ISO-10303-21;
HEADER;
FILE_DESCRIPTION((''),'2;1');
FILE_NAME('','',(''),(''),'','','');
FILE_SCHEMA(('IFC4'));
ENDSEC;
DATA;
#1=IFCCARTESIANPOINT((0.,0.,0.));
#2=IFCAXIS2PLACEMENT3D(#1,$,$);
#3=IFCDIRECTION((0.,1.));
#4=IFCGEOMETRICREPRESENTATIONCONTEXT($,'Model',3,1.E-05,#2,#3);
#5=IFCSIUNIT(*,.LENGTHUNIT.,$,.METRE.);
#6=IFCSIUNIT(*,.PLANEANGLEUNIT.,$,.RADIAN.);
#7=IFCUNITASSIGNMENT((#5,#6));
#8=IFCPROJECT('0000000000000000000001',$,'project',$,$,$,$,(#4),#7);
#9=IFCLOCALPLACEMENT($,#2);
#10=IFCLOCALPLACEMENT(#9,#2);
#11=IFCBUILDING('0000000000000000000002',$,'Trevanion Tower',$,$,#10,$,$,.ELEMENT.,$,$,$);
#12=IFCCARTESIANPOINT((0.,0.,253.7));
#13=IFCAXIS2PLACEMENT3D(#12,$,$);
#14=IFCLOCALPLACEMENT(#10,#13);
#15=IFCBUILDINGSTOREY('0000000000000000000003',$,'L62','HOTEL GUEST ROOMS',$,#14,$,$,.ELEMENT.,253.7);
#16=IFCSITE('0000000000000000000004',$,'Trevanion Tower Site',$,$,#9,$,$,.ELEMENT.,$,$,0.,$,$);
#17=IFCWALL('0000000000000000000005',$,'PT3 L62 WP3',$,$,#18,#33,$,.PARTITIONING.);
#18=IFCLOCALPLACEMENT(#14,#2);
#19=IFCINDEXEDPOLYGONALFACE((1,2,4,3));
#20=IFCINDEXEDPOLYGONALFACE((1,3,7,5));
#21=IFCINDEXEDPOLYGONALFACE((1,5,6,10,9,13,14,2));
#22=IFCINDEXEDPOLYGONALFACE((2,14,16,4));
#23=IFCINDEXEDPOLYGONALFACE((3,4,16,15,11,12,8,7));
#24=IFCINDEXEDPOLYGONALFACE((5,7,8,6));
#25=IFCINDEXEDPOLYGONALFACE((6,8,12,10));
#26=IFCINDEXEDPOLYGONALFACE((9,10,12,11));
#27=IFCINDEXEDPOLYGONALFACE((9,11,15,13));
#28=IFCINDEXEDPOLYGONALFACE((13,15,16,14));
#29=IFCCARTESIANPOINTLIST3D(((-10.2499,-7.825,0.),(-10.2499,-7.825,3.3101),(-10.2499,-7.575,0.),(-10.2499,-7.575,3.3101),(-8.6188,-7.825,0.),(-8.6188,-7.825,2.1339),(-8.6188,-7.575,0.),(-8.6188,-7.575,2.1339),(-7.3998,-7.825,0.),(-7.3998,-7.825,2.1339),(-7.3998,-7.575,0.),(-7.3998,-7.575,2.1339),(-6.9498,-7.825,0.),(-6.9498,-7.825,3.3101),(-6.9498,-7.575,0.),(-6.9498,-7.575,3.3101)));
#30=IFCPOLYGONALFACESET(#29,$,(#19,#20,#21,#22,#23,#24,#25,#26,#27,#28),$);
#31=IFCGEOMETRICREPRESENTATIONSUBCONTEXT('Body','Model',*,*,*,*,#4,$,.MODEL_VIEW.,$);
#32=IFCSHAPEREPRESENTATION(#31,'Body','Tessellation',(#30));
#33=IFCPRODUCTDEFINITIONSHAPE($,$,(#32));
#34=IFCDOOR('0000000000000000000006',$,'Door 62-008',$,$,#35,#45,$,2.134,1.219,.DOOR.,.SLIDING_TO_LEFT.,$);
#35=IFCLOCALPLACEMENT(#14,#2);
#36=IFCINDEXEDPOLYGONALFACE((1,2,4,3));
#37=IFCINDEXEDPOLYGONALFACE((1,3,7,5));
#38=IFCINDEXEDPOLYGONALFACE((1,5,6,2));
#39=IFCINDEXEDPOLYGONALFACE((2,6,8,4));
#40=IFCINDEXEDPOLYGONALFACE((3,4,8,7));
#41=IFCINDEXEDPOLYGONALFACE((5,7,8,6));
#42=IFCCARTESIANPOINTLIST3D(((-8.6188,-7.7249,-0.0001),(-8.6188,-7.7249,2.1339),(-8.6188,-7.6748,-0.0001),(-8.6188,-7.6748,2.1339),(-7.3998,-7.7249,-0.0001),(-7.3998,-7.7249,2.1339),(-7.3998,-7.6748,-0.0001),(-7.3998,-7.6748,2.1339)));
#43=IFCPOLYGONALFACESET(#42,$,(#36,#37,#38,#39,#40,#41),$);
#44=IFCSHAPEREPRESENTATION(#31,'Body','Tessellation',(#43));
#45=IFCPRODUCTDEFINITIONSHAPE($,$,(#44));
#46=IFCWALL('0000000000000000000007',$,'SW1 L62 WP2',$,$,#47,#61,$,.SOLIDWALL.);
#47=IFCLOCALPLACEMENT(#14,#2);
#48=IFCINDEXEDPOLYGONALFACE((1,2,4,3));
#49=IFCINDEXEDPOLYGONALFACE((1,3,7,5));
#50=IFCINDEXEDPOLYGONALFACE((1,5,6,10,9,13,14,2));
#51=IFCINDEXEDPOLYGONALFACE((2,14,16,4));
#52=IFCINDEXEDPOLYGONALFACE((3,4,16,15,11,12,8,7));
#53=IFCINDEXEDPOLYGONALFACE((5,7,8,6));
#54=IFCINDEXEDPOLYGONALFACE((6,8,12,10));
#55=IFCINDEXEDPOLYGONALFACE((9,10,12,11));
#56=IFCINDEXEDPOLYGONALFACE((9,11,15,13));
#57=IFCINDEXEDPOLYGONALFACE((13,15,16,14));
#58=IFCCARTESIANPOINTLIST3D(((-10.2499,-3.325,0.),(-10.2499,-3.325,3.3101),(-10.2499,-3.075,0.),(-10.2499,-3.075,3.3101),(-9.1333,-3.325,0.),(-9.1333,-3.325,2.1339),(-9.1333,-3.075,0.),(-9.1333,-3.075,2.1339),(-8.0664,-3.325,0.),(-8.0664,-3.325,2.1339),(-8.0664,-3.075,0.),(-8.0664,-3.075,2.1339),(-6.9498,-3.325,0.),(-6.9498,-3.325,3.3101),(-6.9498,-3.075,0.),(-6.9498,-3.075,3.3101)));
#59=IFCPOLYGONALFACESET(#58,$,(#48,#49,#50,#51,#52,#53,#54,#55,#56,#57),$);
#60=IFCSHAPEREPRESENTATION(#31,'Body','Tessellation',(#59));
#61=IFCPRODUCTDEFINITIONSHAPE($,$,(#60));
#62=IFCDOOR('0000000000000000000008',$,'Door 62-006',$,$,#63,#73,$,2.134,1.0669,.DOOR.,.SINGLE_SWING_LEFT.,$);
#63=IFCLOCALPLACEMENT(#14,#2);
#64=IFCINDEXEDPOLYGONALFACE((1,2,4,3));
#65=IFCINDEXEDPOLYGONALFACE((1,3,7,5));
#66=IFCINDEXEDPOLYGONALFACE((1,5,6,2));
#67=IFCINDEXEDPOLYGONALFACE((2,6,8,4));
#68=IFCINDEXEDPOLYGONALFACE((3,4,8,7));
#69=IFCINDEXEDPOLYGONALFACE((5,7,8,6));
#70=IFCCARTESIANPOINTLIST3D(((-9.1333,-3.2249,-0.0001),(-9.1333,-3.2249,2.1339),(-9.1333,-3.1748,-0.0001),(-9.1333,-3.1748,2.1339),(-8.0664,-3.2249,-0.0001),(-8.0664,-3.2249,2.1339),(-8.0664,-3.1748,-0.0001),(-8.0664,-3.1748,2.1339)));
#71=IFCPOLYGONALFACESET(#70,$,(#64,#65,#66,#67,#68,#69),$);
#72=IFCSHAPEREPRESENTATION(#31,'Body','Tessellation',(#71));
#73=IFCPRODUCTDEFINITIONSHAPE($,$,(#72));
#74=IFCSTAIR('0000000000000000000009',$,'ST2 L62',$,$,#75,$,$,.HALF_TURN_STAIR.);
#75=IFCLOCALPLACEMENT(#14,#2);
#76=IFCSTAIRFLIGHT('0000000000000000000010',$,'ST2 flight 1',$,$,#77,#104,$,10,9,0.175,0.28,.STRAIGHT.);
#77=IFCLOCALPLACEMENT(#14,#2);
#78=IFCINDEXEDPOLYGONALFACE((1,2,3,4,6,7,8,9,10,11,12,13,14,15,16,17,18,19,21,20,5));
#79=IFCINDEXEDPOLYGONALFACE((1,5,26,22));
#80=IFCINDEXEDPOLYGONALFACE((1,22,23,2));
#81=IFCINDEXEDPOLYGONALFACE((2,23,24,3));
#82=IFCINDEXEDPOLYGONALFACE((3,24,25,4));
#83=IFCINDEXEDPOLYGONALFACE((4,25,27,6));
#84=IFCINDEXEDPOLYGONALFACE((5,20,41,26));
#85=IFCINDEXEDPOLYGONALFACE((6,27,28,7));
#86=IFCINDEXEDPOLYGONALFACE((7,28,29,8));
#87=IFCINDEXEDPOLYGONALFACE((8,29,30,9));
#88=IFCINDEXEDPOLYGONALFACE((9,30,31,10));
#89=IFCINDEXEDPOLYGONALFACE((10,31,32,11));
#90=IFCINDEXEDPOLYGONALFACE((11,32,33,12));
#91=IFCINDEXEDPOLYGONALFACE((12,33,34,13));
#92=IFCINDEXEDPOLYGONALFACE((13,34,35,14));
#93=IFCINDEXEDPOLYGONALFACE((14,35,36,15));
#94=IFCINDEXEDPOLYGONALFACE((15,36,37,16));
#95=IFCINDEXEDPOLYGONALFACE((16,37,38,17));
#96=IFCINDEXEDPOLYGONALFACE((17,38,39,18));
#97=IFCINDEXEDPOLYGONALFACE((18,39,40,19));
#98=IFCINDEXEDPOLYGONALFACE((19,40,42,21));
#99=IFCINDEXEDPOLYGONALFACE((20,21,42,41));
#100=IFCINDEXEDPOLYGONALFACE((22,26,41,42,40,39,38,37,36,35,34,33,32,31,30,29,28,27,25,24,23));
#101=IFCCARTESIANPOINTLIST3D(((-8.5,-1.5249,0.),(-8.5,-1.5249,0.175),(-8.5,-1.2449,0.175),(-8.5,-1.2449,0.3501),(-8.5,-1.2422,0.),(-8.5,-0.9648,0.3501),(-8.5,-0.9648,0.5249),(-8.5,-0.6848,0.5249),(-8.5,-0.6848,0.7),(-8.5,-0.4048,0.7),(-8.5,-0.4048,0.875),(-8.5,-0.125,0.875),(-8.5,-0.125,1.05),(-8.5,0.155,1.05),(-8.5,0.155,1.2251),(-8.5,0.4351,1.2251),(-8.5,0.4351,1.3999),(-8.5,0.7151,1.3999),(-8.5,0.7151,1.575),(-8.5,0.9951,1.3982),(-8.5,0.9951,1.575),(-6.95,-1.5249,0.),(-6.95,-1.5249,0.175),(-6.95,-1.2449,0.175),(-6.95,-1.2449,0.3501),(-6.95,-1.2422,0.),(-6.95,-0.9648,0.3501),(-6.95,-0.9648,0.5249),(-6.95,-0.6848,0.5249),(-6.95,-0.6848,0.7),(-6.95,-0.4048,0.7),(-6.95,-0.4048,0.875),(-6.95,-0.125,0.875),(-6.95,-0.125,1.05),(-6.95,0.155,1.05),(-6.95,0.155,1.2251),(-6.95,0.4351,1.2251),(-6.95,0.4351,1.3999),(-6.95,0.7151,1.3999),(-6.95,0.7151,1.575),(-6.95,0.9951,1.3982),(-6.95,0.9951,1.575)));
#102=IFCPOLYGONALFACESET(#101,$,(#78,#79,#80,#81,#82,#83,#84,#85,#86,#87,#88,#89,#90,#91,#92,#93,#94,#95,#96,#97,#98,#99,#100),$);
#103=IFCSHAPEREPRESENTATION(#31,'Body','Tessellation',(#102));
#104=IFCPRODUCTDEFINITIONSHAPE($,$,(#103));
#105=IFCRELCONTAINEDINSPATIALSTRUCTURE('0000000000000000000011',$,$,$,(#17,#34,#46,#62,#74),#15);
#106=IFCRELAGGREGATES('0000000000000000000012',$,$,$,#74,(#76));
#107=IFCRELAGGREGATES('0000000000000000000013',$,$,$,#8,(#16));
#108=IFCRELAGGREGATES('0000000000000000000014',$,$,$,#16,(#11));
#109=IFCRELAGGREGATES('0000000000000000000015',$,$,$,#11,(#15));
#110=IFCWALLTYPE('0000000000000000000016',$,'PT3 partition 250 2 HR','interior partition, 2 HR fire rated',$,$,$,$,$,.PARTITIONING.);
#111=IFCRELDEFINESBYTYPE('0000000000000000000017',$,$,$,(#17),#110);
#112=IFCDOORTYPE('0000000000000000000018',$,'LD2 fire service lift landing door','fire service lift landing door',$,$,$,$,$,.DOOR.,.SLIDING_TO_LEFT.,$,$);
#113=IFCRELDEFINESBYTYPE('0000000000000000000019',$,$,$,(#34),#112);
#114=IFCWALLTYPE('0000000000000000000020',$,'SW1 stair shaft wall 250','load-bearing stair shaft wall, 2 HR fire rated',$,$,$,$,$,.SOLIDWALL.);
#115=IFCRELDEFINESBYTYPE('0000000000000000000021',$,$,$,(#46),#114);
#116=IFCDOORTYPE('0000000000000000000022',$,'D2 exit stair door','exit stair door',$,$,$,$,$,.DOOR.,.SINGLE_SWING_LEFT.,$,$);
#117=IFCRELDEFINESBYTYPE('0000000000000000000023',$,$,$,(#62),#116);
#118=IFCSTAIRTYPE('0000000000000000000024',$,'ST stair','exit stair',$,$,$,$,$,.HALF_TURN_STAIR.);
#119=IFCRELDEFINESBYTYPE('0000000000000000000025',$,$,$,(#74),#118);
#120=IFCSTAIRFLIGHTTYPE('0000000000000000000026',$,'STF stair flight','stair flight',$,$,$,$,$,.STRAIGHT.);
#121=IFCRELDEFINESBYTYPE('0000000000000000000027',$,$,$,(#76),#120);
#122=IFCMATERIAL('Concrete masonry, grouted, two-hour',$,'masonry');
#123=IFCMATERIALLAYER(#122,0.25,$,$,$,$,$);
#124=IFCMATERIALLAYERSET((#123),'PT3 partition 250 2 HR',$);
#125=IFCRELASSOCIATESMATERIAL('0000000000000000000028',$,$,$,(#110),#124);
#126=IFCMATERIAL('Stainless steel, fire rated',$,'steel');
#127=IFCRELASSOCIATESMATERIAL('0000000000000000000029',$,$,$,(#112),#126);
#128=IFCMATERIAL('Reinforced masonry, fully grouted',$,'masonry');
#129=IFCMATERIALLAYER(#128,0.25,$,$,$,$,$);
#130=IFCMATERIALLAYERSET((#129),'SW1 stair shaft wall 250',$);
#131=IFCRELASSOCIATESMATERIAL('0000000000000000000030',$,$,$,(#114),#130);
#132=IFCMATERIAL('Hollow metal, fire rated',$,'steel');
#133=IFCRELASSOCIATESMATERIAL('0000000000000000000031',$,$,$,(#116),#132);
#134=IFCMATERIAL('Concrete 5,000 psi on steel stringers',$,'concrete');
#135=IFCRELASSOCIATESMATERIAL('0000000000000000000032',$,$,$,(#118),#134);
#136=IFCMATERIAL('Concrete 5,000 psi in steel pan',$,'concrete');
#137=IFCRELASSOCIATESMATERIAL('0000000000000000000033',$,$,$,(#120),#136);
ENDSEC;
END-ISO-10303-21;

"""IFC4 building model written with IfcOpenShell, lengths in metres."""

from ifc_helpers import new_model, si_unit, direction, frame, frame_2d, origin, place, context, subcontext, project, spatial, polyline, rectangle, outline, extrude, material, layer, layer_set, type_object, element, fill, aggregate, save


model = new_model("IFC4")

# Units and contexts
model_context = context("Model", 3, precision=1e-05, world=origin(), true_north=direction((0.0, 1.0)))
body_context = subcontext(model_context, "Body", "Model", "MODEL_VIEW")
ifc_project = project(units=[si_unit("LENGTHUNIT", "METRE"), si_unit("PLANEANGLEUNIT", "RADIAN")], contexts=[model_context])

# Site, building, storey
site_placement = place(None, origin())
site = spatial("IfcSite", under=ifc_project, at=site_placement, Name="Trevanion Tower Site", CompositionType="ELEMENT", RefElevation=0.0)
building_placement = place(site_placement, origin())
building = spatial("IfcBuilding", under=site, at=building_placement, Name="Trevanion Tower", CompositionType="ELEMENT")
storey_placement = place(building_placement, frame((0.0, 0.0, 253.7)))
storey = spatial("IfcBuildingStorey", under=building, at=storey_placement, Name="L62", Description="HOTEL GUEST ROOMS", CompositionType="ELEMENT", Elevation=253.7)

# Walls, openings, doors
ifc_material_1 = material(Name="Concrete masonry, grouted, two-hour", Category="masonry")
ifc_layer_1 = layer(ifc_material_1, 0.25)
ifc_layer_set_1 = layer_set([ifc_layer_1], Name="PT3 partition 250 2 HR")
wall_type_1 = type_object("IfcWallType", Name="PT3 partition 250 2 HR", Description="interior partition, 2 HR fire rated", PredefinedType="PARTITIONING", material=ifc_layer_set_1)
wall_1_placement = place(storey_placement, frame((-6.95, -7.7, 0.0), z_axis=(0.0, 0.0, 1.0), x_axis=(-1.0, 0.0, 0.0)))
wall_1 = element("IfcWall", 1, at=wall_1_placement, inside=storey, type_object=wall_type_1, Name="PT3 L62 WP3", PredefinedType="PARTITIONING", context=body_context, shape_type="SweptSolid", body=[
    extrude(rectangle(XDim=3.3, YDim=0.25, at=frame_2d((1.6499, 0.0))), origin(), (0.0, 0.0, 1.0), 3.3101),
])
opening_1_placement = place(wall_1_placement, frame((0.45, 0.0, 0.0)))
opening_1 = element("IfcOpeningElement", 2, at=opening_1_placement, cuts=wall_1, PredefinedType="OPENING", context=body_context, shape_type="SweptSolid", body=[
    extrude(rectangle(XDim=1.219, YDim=2.134, at=frame_2d((0.6094, 1.0669))), frame((0.0, 0.135, 0.0), z_axis=(0.0, -1.0, 0.0), x_axis=(1.0, 0.0, 0.0)), (0.0, 0.0, 1.0), 0.27),
])
ifc_material_2 = material(Name="Stainless steel, fire rated", Category="steel")
door_type_1 = type_object("IfcDoorType", Name="LD2 fire service lift landing door", Description="fire service lift landing door", OperationType="SLIDING_TO_LEFT", PredefinedType="DOOR", material=ifc_material_2)
door_1_placement = place(opening_1_placement, origin())
door_1 = element("IfcDoor", 3, at=door_1_placement, inside=storey, type_object=door_type_1, Name="Door 62-008", OperationType="SLIDING_TO_LEFT", OverallHeight=2.134, OverallWidth=1.219, PredefinedType="DOOR", context=body_context, shape_type="SweptSolid", body=[
    extrude(rectangle(XDim=1.219, YDim=2.134, at=frame_2d((0.6094, 1.0669))), frame((0.0, 0.0249, 0.0), z_axis=(0.0, -1.0, 0.0), x_axis=(1.0, 0.0, 0.0)), (0.0, 0.0, 1.0), 0.05),
])
fill(opening_1, door_1)
ifc_material_3 = material(Name="Reinforced masonry, fully grouted", Category="masonry")
ifc_layer_2 = layer(ifc_material_3, 0.25)
ifc_layer_set_2 = layer_set([ifc_layer_2], Name="SW1 stair shaft wall 250")
wall_type_2 = type_object("IfcWallType", Name="SW1 stair shaft wall 250", Description="load-bearing stair shaft wall, 2 HR fire rated", PredefinedType="SOLIDWALL", material=ifc_layer_set_2)
wall_2_placement = place(storey_placement, frame((-6.95, -3.2, 0.0), z_axis=(0.0, 0.0, 1.0), x_axis=(-1.0, 0.0, 0.0)))
wall_2 = element("IfcWall", 4, at=wall_2_placement, inside=storey, type_object=wall_type_2, Name="SW1 L62 WP2", PredefinedType="SOLIDWALL", context=body_context, shape_type="SweptSolid", body=[
    extrude(rectangle(XDim=3.3, YDim=0.25, at=frame_2d((1.6499, 0.0))), origin(), (0.0, 0.0, 1.0), 3.3101),
])
opening_2_placement = place(wall_2_placement, frame((1.1165, 0.0, 0.0)))
opening_2 = element("IfcOpeningElement", 5, at=opening_2_placement, cuts=wall_2, PredefinedType="OPENING", context=body_context, shape_type="SweptSolid", body=[
    extrude(rectangle(XDim=1.0669, YDim=2.134, at=frame_2d((0.5334, 1.0669))), frame((0.0, 0.135, 0.0), z_axis=(0.0, -1.0, 0.0), x_axis=(1.0, 0.0, 0.0)), (0.0, 0.0, 1.0), 0.27),
])
ifc_material_4 = material(Name="Hollow metal, fire rated", Category="steel")
door_type_2 = type_object("IfcDoorType", Name="D2 exit stair door", Description="exit stair door", OperationType="SINGLE_SWING_LEFT", PredefinedType="DOOR", material=ifc_material_4)
door_2_placement = place(opening_2_placement, origin())
door_2 = element("IfcDoor", 6, at=door_2_placement, inside=storey, type_object=door_type_2, Name="Door 62-006", OperationType="SINGLE_SWING_LEFT", OverallHeight=2.134, OverallWidth=1.0669, PredefinedType="DOOR", context=body_context, shape_type="SweptSolid", body=[
    extrude(rectangle(XDim=1.0669, YDim=2.134, at=frame_2d((0.5334, 1.0669))), frame((0.0, 0.0249, 0.0), z_axis=(0.0, -1.0, 0.0), x_axis=(1.0, 0.0, 0.0)), (0.0, 0.0, 1.0), 0.05),
])
fill(opening_2, door_2)

# Stair, stair flight
ifc_material_5 = material(Name="Concrete 5,000 psi on steel stringers", Category="concrete")
stair_type = type_object("IfcStairType", Name="ST stair", Description="exit stair", PredefinedType="HALF_TURN_STAIR", material=ifc_material_5)
stair_placement = place(storey_placement, origin())
stair = element("IfcStair", 7, at=stair_placement, inside=storey, type_object=stair_type, Name="ST2 L62", PredefinedType="HALF_TURN_STAIR")
ifc_material_6 = material(Name="Concrete 5,000 psi in steel pan", Category="concrete")
stair_flight_type = type_object("IfcStairFlightType", Name="STF stair flight", Description="stair flight", PredefinedType="STRAIGHT", material=ifc_material_6)
stair_flight_placement = place(storey_placement, frame((-7.7251, -1.5249, 0.0), z_axis=(0.0, 0.0, 1.0), x_axis=(0.0, 1.0, 0.0)))
stair_flight = element("IfcStairFlight", 8, at=stair_flight_placement, type_object=stair_flight_type, Name="ST2 flight 1", NumberOfRisers=10, NumberOfTreads=9, PredefinedType="STRAIGHT", RiserHeight=0.175, TreadLength=0.28, context=body_context, shape_type="SweptSolid", body=[
    extrude(outline(polyline([(0.0, 0.0), (0.0, 0.175), (0.28, 0.175), (0.28, 0.3501), (0.5601, 0.3501), (0.5601, 0.5249), (0.8401, 0.5249), (0.8401, 0.7), (1.1201, 0.7), (1.1201, 0.875), (1.3999, 0.875), (1.3999, 1.05), (1.6799, 1.05), (1.6799, 1.2251), (1.96, 1.2251), (1.96, 1.3999), (2.24, 1.3999), (2.24, 1.575), (2.52, 1.575), (2.52, 1.75), (2.52, 1.3982), (0.2827, 0.0), (0.0, 0.0)])), frame((0.0, 0.7749, 0.0), z_axis=(0.0, -1.0, 0.0), x_axis=(1.0, 0.0, 0.0)), (0.0, 0.0, 1.0), 1.55),
])
aggregate(stair, [stair_flight])

save(model, "model.ifc")
